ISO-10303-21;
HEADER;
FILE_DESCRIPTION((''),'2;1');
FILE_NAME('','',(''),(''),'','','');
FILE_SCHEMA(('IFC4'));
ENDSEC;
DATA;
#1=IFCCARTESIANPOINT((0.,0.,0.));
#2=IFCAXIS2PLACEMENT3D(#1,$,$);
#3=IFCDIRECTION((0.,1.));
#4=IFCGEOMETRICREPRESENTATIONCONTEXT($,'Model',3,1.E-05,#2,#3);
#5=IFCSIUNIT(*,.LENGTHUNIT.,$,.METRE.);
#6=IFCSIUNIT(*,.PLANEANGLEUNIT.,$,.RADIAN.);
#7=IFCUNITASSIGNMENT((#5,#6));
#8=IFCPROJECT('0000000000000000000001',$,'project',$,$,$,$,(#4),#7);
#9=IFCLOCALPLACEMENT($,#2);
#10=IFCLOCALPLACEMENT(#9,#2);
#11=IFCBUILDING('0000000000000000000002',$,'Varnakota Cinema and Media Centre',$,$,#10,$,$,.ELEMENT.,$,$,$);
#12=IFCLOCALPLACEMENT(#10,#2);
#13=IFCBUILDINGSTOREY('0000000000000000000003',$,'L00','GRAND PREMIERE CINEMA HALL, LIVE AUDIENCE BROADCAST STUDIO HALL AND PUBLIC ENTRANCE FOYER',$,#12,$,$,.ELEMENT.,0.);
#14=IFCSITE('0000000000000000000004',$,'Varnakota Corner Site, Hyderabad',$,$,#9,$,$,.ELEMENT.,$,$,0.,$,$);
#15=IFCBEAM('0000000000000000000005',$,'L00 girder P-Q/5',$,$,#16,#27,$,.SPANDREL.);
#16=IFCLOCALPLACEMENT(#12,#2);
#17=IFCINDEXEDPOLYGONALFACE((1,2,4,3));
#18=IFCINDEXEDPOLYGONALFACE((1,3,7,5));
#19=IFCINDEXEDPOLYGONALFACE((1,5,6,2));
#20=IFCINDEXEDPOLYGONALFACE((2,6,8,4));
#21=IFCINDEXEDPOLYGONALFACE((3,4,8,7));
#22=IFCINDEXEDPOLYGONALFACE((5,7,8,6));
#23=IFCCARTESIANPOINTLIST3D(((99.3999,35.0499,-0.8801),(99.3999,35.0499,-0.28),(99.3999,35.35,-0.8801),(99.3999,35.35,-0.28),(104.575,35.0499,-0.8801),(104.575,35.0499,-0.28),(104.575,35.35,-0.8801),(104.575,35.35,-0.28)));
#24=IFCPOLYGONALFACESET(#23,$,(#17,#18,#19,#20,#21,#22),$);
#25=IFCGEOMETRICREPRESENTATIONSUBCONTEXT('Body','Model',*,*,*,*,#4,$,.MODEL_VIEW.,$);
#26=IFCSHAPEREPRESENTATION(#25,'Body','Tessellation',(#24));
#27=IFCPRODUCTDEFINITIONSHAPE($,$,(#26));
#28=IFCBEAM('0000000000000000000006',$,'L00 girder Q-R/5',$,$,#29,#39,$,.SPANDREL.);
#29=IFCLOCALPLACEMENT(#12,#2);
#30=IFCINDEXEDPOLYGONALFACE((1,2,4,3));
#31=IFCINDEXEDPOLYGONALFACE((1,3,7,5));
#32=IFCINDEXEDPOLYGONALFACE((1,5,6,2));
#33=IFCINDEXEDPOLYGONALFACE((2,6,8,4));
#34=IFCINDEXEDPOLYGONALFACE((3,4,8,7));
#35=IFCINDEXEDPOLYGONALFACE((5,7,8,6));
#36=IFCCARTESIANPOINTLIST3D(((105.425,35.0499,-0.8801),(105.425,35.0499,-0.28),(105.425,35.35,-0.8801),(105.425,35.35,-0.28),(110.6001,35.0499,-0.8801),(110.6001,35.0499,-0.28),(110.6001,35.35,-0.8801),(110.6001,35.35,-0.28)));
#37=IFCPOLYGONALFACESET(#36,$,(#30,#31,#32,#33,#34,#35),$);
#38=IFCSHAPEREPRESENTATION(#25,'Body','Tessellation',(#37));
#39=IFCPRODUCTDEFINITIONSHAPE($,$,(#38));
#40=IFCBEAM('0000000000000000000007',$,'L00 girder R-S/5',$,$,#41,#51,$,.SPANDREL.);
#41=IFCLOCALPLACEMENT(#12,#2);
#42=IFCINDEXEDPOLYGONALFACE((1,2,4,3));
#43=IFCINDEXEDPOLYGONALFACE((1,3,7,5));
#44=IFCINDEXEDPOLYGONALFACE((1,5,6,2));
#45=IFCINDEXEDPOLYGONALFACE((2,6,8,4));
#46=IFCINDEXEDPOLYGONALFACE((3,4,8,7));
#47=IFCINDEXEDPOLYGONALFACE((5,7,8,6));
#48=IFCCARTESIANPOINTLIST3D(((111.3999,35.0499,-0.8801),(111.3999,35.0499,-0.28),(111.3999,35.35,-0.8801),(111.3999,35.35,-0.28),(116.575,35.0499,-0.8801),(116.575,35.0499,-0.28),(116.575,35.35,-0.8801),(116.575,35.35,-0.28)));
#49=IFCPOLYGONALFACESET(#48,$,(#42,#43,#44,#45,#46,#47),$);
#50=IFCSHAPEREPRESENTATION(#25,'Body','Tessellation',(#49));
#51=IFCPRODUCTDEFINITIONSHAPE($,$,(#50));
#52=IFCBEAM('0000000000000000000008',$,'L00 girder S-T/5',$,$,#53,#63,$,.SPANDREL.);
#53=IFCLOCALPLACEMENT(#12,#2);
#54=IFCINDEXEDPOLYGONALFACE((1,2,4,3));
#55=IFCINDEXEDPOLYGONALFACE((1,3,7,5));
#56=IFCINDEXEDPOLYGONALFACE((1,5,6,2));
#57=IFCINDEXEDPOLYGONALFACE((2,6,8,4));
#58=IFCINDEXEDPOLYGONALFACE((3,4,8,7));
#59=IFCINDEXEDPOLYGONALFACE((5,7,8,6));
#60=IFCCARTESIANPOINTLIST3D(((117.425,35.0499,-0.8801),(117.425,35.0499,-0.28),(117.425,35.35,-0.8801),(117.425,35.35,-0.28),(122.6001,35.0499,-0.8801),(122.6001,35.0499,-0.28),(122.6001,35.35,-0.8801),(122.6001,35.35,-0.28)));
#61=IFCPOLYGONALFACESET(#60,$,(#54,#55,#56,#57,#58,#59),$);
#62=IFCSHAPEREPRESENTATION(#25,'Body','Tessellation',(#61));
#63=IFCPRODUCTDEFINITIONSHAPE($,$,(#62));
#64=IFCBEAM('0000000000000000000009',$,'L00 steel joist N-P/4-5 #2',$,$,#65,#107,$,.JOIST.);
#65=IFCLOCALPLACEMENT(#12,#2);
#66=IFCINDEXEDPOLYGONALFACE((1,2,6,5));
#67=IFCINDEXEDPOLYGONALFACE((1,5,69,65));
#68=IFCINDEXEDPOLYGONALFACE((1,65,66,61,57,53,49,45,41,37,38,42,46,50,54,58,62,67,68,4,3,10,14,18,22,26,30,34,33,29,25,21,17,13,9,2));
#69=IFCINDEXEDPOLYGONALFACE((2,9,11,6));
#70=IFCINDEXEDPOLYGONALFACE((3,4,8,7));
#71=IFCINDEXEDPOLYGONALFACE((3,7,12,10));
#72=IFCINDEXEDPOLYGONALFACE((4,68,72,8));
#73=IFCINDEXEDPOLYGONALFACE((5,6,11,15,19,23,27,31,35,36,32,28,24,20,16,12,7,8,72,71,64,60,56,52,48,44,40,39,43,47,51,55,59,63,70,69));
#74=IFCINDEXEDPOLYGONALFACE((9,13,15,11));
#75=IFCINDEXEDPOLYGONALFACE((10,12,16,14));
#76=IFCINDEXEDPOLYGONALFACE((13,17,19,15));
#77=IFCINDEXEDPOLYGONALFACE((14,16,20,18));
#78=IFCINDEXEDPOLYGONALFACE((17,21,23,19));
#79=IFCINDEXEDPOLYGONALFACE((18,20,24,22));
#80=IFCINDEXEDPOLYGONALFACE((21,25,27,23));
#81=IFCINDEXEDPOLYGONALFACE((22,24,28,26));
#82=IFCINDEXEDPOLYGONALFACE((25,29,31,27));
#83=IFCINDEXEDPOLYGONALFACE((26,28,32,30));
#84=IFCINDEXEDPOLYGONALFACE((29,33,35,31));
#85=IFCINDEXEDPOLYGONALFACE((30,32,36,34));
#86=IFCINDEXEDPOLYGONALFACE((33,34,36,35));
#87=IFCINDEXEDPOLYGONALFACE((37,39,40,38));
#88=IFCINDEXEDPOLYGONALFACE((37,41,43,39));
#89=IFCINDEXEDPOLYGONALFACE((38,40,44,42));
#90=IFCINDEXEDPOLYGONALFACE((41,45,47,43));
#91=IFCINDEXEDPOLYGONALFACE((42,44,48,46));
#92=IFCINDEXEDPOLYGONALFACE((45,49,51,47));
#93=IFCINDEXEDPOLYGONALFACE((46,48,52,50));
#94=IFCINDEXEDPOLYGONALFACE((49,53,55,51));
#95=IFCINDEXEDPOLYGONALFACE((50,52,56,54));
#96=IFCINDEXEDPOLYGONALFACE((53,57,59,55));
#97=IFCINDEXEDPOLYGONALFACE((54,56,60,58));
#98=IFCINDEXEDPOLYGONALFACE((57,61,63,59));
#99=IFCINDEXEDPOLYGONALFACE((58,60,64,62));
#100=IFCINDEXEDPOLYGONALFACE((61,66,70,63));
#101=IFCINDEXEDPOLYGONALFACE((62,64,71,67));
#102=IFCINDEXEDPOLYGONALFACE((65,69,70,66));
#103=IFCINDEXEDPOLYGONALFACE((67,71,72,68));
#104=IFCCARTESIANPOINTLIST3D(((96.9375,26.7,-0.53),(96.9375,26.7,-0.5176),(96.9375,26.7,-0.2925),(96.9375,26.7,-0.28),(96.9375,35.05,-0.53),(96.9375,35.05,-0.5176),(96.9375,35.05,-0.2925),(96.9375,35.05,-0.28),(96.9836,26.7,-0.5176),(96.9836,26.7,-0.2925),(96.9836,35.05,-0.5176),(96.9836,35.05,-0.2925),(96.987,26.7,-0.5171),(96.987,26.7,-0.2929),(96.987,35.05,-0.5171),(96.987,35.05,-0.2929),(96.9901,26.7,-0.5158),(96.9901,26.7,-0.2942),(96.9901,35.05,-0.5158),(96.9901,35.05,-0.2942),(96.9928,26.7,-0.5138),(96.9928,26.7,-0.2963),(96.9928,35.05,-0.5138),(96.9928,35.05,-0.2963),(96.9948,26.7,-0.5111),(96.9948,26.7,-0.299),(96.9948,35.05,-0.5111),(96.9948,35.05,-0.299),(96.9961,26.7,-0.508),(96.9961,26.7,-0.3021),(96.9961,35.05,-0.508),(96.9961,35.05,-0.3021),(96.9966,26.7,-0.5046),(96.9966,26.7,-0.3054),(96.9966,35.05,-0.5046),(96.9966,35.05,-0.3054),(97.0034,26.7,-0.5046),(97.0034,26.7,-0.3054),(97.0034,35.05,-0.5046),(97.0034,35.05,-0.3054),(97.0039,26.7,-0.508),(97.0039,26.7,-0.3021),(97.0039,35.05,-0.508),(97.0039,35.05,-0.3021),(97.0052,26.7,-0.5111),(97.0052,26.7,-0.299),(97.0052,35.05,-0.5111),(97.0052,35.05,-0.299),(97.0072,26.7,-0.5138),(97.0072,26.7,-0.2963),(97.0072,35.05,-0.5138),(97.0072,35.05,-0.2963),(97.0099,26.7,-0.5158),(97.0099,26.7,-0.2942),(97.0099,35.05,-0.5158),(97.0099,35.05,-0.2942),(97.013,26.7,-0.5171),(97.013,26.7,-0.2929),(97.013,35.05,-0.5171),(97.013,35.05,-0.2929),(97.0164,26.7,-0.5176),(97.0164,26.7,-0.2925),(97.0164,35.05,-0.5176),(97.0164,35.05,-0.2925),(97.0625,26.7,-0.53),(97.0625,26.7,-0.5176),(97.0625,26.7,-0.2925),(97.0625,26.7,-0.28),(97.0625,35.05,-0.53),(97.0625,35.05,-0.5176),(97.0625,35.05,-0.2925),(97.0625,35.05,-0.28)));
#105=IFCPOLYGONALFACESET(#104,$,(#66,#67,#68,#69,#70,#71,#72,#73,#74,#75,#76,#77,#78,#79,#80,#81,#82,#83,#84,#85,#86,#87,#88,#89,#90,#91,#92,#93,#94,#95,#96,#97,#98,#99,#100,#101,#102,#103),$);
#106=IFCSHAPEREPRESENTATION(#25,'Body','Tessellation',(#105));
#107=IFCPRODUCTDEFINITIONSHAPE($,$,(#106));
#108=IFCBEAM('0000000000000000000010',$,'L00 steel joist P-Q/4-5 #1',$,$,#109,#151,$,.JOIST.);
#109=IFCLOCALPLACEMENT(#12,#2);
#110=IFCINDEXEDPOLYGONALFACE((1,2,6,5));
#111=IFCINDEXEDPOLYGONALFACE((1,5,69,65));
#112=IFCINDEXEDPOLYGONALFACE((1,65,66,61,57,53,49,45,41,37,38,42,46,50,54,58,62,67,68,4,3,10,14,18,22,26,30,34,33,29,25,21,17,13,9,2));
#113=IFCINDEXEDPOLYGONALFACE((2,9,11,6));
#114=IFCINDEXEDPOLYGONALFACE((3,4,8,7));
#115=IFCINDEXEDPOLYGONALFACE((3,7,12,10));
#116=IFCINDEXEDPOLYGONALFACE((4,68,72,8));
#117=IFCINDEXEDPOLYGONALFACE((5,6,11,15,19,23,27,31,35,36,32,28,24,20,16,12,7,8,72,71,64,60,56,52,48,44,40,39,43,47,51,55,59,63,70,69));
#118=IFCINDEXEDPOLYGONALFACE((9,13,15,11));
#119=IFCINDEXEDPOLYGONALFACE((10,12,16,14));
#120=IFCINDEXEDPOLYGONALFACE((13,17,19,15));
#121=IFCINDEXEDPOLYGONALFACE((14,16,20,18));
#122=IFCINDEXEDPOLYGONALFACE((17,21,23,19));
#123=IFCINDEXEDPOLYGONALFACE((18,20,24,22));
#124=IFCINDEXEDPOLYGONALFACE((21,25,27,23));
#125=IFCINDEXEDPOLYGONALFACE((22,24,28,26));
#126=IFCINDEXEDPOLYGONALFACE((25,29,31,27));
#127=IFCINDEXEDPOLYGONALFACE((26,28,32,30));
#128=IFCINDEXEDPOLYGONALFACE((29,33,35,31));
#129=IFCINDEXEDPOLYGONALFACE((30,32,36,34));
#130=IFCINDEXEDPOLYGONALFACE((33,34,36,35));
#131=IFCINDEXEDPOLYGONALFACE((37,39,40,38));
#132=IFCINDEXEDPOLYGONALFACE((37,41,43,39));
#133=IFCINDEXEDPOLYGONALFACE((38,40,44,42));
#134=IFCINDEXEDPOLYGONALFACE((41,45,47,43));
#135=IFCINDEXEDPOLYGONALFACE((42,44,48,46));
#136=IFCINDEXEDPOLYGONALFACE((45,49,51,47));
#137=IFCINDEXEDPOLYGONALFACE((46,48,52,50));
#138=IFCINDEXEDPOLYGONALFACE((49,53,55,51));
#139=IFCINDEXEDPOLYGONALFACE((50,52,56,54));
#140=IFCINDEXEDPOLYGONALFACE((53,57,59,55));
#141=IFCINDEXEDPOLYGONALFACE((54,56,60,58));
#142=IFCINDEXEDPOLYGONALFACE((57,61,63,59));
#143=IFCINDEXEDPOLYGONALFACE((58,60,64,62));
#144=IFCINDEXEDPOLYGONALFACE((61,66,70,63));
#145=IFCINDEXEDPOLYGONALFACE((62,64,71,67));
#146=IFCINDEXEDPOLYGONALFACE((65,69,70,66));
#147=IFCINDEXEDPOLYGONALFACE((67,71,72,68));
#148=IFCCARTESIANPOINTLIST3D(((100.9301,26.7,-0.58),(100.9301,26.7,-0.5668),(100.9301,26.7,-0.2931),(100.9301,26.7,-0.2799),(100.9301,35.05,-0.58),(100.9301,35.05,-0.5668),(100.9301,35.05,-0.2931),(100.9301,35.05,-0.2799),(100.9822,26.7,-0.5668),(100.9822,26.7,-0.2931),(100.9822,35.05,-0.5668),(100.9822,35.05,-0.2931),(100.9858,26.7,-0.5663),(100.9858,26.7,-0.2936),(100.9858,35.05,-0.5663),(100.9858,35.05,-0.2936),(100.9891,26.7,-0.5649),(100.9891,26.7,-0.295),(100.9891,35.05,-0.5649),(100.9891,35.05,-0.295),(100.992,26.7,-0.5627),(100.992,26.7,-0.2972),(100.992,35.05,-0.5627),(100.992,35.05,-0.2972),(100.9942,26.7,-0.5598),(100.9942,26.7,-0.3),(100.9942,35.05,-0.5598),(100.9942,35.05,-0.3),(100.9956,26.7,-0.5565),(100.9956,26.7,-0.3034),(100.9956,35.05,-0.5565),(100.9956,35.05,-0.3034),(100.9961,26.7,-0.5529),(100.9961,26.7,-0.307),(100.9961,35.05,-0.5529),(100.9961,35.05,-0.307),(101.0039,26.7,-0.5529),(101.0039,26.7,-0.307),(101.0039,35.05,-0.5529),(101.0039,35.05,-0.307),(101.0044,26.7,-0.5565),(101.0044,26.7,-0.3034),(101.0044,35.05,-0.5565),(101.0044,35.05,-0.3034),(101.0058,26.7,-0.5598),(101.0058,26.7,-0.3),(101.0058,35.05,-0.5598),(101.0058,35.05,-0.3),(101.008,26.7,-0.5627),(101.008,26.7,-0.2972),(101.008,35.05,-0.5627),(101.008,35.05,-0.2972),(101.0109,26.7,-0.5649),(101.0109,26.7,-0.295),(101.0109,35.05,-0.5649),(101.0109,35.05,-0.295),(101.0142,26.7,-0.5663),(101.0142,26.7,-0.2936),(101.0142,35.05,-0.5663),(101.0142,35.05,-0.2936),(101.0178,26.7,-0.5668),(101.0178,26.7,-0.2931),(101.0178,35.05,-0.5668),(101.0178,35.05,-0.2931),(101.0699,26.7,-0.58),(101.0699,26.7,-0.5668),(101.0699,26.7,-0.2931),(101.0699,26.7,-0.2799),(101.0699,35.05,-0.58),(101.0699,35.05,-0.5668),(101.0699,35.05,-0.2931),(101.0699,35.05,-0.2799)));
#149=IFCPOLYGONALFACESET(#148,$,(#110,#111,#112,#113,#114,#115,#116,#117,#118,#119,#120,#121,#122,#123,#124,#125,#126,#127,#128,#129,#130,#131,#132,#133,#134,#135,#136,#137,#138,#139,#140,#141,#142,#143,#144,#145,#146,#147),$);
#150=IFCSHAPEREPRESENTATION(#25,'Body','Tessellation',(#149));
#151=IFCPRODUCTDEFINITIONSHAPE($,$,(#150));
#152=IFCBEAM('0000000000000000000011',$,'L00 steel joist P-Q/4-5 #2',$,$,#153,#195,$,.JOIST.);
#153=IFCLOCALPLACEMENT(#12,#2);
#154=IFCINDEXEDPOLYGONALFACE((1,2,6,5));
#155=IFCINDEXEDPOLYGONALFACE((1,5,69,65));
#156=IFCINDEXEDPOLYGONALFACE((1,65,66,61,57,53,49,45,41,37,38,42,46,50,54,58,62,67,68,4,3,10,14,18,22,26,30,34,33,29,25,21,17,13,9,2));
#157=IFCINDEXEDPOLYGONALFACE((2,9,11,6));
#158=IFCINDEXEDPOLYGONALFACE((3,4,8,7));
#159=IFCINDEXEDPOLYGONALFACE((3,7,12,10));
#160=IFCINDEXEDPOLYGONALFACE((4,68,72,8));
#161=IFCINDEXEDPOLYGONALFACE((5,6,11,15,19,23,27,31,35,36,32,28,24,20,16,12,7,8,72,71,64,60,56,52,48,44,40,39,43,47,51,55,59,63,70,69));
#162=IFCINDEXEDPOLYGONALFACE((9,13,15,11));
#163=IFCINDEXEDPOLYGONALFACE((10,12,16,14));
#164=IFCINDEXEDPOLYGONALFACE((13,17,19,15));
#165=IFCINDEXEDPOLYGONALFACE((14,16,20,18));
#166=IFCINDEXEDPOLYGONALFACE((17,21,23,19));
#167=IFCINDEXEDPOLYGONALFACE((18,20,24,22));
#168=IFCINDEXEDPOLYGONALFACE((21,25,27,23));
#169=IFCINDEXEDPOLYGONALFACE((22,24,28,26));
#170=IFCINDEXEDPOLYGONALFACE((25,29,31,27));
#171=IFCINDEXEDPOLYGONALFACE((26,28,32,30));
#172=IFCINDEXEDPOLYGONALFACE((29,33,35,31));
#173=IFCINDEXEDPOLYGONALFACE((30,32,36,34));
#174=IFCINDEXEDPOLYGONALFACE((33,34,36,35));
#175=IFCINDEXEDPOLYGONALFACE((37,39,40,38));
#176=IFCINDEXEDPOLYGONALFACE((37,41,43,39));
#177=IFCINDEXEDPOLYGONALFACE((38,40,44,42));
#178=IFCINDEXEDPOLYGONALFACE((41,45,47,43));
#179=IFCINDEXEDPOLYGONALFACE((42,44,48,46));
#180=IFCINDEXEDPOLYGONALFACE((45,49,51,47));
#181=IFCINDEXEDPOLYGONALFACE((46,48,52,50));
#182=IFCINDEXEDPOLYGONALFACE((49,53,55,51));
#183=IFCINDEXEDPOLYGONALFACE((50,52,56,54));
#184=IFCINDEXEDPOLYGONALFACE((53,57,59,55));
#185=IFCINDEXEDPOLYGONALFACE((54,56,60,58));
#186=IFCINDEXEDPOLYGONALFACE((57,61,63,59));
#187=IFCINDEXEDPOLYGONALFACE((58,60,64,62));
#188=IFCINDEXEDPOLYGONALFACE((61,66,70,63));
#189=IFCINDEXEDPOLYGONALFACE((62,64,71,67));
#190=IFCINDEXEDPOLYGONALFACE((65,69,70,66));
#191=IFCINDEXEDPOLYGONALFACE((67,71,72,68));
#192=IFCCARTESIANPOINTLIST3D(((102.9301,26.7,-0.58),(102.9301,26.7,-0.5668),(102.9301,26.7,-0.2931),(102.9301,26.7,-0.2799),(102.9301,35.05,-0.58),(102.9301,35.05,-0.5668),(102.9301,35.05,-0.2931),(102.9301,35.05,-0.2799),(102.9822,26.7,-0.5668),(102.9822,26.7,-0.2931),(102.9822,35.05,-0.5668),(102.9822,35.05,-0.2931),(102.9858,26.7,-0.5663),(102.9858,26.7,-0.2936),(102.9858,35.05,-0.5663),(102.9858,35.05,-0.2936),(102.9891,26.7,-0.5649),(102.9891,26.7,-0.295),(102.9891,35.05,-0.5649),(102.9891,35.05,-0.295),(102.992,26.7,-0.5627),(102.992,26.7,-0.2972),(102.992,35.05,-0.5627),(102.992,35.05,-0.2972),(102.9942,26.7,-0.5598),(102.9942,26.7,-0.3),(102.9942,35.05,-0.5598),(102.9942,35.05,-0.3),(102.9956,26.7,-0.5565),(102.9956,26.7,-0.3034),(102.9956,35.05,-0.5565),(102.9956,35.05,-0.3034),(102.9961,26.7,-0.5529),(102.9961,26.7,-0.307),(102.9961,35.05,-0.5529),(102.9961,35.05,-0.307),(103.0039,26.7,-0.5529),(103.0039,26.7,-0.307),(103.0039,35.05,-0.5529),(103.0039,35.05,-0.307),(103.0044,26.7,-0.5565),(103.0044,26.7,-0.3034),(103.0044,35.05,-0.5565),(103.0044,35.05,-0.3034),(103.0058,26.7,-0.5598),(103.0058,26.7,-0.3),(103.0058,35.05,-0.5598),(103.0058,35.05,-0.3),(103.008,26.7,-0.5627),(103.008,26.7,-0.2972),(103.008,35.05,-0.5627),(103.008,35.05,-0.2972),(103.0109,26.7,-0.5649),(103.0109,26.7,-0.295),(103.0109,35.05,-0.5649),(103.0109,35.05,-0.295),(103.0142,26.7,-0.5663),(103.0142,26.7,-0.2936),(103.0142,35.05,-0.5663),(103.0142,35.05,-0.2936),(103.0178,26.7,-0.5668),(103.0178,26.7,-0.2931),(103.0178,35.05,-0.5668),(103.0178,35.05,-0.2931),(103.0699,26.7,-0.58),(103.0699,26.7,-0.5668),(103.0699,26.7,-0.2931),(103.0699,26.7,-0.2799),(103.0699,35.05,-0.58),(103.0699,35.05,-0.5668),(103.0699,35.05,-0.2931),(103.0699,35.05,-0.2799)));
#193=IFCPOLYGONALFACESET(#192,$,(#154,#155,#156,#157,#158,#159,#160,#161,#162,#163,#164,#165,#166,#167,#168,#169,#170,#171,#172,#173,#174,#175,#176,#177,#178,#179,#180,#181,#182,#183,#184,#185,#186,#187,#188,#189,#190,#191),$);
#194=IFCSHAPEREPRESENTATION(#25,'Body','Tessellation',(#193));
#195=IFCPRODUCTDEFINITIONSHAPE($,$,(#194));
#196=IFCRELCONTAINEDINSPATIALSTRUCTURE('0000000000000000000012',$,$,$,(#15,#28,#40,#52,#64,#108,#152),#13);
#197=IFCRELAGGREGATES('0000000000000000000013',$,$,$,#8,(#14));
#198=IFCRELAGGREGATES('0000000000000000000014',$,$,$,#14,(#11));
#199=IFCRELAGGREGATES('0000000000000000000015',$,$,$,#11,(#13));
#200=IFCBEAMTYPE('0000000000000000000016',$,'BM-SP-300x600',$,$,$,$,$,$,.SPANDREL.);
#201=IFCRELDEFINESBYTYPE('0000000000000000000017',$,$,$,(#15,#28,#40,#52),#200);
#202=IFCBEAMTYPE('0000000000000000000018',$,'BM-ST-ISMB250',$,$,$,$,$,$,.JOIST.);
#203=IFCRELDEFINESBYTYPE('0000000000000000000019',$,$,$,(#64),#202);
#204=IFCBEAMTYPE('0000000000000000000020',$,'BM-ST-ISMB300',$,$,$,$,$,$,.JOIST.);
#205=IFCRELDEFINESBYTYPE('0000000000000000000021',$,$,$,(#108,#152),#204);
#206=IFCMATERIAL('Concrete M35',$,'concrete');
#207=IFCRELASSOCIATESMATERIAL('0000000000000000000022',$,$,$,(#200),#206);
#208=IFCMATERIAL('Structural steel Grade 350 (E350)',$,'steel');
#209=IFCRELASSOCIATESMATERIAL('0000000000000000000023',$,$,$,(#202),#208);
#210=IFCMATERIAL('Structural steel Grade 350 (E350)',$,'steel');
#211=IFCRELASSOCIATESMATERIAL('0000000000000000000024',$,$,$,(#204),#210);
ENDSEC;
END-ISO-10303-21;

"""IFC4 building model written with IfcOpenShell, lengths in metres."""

from ifc_helpers import new_model, si_unit, direction, frame, origin, origin_2d, place, context, subcontext, project, spatial, rectangle, i_section, extrude, material, material_profile, profile_set, type_object, element, save


model = new_model("IFC4")

# Units and contexts
model_context = context("Model", 3, precision=1e-05, world=origin(), true_north=direction((0.0, 1.0)))
body_context = subcontext(model_context, "Body", "Model", "MODEL_VIEW")
ifc_project = project(units=[si_unit("LENGTHUNIT", "METRE"), si_unit("PLANEANGLEUNIT", "RADIAN")], contexts=[model_context])

# Site, building, storey
site_placement = place(None, origin())
site = spatial("IfcSite", under=ifc_project, at=site_placement, Name="Varnakota Corner Site, Hyderabad", CompositionType="ELEMENT", RefElevation=0.0)
building_placement = place(site_placement, origin())
building = spatial("IfcBuilding", under=site, at=building_placement, Name="Varnakota Cinema and Media Centre", CompositionType="ELEMENT")
storey_placement = place(building_placement, origin())
storey = spatial("IfcBuildingStorey", under=building, at=storey_placement, Name="L00", Description="GRAND PREMIERE CINEMA HALL, LIVE AUDIENCE BROADCAST STUDIO HALL AND PUBLIC ENTRANCE FOYER", CompositionType="ELEMENT", Elevation=0.0)

# Beams
ifc_material_1 = material(Name="Concrete M35", Category="concrete")
ifc_material_profile_1 = material_profile(ifc_material_1, rectangle(XDim=0.3, YDim=0.6001, at=origin_2d()), Name="RCB 300x600")
ifc_profile_set_1 = profile_set([ifc_material_profile_1], Name="Concrete M35")
beam_type_1 = type_object("IfcBeamType", Name="BM-SP-300x600", PredefinedType="SPANDREL", material=ifc_profile_set_1)
for number, where, z_axis, x_axis, name in (
    (1, (99.3999, 35.2, -0.5801), (1.0, 0.0, 0.0), (0.0, 1.0, 0.0), "L00 girder P-Q/5"),
    (2, (105.425, 35.2, -0.5801), (1.0, 0.0, 0.0), (0.0, 1.0, 0.0), "L00 girder Q-R/5"),
    (3, (111.3999, 35.2, -0.5801), (1.0, 0.0, 0.0), (0.0, 1.0, 0.0), "L00 girder R-S/5"),
    (4, (117.425, 35.2, -0.5801), (1.0, 0.0, 0.0), (0.0, 1.0, 0.0), "L00 girder S-T/5"),
):
    element("IfcBeam", number, at=place(storey_placement, frame(where, z_axis=z_axis, x_axis=x_axis)), inside=storey, type_object=beam_type_1, Name=name, PredefinedType="SPANDREL", context=body_context, shape_type="SweptSolid", body=[
        extrude(rectangle(XDim=0.3, YDim=0.6001, at=origin_2d()), origin(), (0.0, 0.0, 1.0), 5.175),
    ])
ifc_material_2 = material(Name="Structural steel Grade 350 (E350)", Category="steel")
ifc_material_profile_2 = material_profile(ifc_material_2, i_section(OverallWidth=0.125, OverallDepth=0.25, WebThickness=0.0068, FlangeThickness=0.0125, FilletRadius=0.0129, at=origin_2d()), Name="ISMB 250")
ifc_profile_set_2 = profile_set([ifc_material_profile_2], Name="Structural steel Grade 350 (E350)")
beam_type_2 = type_object("IfcBeamType", Name="BM-ST-ISMB250", PredefinedType="JOIST", material=ifc_profile_set_2)
beam_1_placement = place(storey_placement, frame((97.0, 26.7, -0.405), z_axis=(0.0, 1.0, 0.0), x_axis=(-1.0, 0.0, 0.0)))
element("IfcBeam", 5, at=beam_1_placement, inside=storey, type_object=beam_type_2, Name="L00 steel joist N-P/4-5 #2", PredefinedType="JOIST", context=body_context, shape_type="SweptSolid", body=[
    extrude(i_section(OverallWidth=0.125, OverallDepth=0.25, WebThickness=0.0068, FlangeThickness=0.0125, FilletRadius=0.0129, at=origin_2d()), origin(), (0.0, 0.0, 1.0), 8.3501),
])
ifc_material_3 = material(Name="Structural steel Grade 350 (E350)", Category="steel")
ifc_material_profile_3 = material_profile(ifc_material_3, i_section(OverallWidth=0.1399, OverallDepth=0.3, WebThickness=0.0078, FlangeThickness=0.0132, FilletRadius=0.0139, at=origin_2d()), Name="ISMB 300")
ifc_profile_set_3 = profile_set([ifc_material_profile_3], Name="Structural steel Grade 350 (E350)")
beam_type_3 = type_object("IfcBeamType", Name="BM-ST-ISMB300", PredefinedType="JOIST", material=ifc_profile_set_3)
for number, where, z_axis, x_axis, name in (
    (6, (101.0, 26.7, -0.4299), (0.0, 1.0, 0.0), (-1.0, 0.0, 0.0), "L00 steel joist P-Q/4-5 #1"),
    (7, (103.0, 26.7, -0.4299), (0.0, 1.0, 0.0), (-1.0, 0.0, 0.0), "L00 steel joist P-Q/4-5 #2"),
):
    element("IfcBeam", number, at=place(storey_placement, frame(where, z_axis=z_axis, x_axis=x_axis)), inside=storey, type_object=beam_type_3, Name=name, PredefinedType="JOIST", context=body_context, shape_type="SweptSolid", body=[
        extrude(i_section(OverallWidth=0.1399, OverallDepth=0.3, WebThickness=0.0078, FlangeThickness=0.0132, FilletRadius=0.0139, at=origin_2d()), origin(), (0.0, 0.0, 1.0), 8.3501),
    ])

save(model, "model.ifc")
